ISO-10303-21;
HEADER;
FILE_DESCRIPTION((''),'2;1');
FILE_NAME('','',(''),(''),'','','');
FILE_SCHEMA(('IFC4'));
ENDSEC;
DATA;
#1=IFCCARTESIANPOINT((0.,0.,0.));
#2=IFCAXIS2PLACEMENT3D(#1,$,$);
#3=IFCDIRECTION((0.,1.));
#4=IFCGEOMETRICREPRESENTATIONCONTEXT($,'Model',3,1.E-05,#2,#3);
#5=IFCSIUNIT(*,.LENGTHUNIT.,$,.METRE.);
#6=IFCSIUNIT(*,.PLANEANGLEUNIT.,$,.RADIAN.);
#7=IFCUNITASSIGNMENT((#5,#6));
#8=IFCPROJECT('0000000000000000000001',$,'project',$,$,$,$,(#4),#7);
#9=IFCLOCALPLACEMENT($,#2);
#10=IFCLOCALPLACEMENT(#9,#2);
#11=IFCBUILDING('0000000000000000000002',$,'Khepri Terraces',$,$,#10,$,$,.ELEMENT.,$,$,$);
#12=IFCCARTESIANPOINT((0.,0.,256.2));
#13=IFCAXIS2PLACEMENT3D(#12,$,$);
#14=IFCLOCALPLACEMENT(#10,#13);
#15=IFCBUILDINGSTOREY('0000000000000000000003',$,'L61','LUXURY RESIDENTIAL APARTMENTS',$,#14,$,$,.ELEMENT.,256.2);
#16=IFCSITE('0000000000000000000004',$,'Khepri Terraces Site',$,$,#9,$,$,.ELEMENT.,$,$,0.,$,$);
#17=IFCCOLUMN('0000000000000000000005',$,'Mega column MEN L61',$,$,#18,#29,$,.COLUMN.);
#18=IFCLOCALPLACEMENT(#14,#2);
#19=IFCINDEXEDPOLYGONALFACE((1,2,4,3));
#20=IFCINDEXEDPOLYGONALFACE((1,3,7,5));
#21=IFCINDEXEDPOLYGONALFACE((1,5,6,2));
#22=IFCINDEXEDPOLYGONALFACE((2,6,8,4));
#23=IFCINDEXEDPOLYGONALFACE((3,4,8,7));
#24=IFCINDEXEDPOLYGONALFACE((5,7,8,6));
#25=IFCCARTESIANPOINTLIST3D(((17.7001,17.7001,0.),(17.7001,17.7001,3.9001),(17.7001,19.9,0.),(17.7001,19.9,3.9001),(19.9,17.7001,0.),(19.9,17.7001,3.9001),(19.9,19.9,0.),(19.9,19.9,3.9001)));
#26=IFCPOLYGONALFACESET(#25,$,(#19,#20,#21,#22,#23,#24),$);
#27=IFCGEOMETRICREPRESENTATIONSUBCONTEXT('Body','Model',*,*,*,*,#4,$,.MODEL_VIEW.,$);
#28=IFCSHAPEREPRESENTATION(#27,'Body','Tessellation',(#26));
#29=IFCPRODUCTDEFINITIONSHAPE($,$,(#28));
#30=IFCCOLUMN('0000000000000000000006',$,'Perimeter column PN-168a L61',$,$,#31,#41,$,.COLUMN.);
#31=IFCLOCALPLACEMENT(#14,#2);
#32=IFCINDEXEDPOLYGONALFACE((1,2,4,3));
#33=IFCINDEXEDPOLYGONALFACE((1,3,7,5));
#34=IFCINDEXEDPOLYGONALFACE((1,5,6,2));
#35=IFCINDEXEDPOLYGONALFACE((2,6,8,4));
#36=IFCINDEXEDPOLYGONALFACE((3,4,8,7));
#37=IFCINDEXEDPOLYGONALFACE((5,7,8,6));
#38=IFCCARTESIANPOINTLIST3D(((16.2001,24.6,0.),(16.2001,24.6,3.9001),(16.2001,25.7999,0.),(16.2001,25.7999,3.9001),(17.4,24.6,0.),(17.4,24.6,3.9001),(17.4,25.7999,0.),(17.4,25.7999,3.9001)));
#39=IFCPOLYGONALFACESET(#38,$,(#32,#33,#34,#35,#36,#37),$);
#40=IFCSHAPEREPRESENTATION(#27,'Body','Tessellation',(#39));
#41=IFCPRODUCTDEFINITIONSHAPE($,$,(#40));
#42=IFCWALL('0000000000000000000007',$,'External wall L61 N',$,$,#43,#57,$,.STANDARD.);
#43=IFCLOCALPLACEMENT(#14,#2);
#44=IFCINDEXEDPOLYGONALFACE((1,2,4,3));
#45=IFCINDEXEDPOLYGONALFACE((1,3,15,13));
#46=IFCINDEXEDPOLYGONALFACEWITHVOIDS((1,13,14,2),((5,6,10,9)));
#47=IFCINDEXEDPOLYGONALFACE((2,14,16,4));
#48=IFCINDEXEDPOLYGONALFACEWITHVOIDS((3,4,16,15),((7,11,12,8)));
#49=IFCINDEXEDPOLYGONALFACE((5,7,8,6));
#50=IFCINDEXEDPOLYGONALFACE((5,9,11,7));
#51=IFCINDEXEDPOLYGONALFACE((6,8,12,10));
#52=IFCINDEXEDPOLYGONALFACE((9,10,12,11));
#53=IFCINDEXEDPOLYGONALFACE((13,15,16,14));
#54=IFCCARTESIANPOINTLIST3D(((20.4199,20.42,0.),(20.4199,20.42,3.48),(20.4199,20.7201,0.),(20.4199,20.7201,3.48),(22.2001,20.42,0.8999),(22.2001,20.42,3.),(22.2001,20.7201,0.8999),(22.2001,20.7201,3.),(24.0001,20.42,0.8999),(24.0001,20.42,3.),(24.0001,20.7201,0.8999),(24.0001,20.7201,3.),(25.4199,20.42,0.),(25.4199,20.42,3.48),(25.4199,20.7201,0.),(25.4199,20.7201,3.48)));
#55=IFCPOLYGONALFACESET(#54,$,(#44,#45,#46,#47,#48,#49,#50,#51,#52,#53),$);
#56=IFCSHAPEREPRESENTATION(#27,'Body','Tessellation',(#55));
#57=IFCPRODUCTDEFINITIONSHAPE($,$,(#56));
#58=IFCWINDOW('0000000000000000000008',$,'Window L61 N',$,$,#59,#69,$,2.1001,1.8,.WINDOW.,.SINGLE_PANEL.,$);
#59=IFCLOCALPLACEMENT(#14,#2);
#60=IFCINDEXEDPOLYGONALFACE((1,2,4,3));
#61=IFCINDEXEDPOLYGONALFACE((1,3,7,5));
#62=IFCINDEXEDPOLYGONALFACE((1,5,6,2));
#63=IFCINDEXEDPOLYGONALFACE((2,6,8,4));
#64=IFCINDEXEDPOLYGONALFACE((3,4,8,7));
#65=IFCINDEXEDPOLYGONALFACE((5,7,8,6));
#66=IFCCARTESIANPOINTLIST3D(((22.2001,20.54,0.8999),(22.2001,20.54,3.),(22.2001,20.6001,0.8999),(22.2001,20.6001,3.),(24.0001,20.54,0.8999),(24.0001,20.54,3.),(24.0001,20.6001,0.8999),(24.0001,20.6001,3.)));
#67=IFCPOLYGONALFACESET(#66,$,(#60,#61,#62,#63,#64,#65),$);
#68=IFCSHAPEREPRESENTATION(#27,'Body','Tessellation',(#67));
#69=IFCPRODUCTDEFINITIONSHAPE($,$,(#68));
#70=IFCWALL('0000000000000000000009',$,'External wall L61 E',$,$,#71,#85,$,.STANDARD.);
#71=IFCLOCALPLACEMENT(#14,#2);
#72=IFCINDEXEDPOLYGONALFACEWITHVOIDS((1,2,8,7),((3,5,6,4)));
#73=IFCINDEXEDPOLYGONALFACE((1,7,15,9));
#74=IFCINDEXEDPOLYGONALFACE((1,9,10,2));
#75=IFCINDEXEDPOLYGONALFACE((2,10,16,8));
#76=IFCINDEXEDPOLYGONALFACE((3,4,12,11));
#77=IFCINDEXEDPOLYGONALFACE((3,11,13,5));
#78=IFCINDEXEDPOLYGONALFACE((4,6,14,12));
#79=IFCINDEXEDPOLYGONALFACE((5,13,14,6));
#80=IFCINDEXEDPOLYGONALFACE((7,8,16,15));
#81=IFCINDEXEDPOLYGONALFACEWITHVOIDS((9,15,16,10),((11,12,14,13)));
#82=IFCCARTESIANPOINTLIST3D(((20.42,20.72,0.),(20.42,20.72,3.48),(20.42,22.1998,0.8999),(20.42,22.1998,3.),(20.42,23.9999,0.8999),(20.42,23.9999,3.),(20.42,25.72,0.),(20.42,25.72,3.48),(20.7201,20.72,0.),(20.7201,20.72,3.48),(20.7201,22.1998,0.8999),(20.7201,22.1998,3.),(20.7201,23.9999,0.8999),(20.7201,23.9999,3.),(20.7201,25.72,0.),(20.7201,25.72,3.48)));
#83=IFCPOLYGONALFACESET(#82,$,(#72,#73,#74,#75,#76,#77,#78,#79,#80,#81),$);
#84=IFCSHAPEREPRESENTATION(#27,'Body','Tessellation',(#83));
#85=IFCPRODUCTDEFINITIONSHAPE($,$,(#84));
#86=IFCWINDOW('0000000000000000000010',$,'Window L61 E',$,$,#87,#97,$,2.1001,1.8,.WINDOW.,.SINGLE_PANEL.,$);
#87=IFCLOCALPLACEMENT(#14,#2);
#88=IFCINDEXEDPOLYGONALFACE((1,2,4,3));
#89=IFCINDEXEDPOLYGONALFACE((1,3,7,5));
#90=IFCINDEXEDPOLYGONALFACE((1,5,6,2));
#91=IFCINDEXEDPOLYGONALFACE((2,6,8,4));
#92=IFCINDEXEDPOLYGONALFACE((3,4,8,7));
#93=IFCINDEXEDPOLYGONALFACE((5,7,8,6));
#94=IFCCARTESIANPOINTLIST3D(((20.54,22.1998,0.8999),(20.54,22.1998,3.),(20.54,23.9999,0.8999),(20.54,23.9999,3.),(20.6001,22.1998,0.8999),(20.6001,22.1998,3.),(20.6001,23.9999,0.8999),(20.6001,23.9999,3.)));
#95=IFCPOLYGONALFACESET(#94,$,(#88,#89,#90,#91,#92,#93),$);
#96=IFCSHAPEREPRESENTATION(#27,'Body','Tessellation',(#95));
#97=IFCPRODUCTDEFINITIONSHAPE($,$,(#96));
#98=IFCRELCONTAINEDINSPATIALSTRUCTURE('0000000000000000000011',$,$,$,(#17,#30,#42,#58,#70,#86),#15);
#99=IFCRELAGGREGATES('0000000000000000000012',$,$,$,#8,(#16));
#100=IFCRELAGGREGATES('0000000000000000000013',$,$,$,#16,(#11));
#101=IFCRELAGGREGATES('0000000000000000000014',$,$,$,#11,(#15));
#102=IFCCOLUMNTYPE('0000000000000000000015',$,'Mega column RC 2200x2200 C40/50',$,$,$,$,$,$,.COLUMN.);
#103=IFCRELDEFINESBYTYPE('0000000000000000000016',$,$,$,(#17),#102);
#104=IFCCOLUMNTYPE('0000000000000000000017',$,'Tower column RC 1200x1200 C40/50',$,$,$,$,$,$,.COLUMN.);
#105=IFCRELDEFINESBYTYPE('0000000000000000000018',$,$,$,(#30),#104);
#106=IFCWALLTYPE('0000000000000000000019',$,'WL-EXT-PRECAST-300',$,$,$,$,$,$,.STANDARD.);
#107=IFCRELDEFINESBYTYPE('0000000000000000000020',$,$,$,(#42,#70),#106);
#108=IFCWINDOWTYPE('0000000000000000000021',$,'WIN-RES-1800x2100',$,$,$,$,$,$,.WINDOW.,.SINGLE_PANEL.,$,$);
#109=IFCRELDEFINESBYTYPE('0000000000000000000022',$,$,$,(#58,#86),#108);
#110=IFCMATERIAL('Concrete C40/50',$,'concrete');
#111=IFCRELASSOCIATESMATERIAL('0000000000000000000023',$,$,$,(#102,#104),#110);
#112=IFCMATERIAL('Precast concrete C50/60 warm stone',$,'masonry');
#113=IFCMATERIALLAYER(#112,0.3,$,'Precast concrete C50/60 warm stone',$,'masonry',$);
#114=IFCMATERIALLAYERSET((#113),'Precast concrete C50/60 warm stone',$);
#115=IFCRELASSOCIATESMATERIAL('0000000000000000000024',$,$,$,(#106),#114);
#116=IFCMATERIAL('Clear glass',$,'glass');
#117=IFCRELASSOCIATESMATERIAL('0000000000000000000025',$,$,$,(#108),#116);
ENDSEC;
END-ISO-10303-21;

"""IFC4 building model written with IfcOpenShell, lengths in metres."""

from ifc_helpers import new_model, si_unit, direction, frame, frame_2d, origin, origin_2d, place, context, subcontext, project, spatial, rectangle, extrude, material, layer, layer_set, material_profile, profile_set, type_object, element, fill, save


model = new_model("IFC4")

# Units and contexts
model_context = context("Model", 3, precision=1e-05, world=origin(), true_north=direction((0.0, 1.0)))
body_context = subcontext(model_context, "Body", "Model", "MODEL_VIEW")
ifc_project = project(units=[si_unit("LENGTHUNIT", "METRE"), si_unit("PLANEANGLEUNIT", "RADIAN")], contexts=[model_context])

# Site, building, storey
site_placement = place(None, origin())
site = spatial("IfcSite", under=ifc_project, at=site_placement, Name="Khepri Terraces Site", CompositionType="ELEMENT", RefElevation=0.0)
building_placement = place(site_placement, origin())
building = spatial("IfcBuilding", under=site, at=building_placement, Name="Khepri Terraces", CompositionType="ELEMENT")
storey_placement = place(building_placement, frame((0.0, 0.0, 256.2)))
storey = spatial("IfcBuildingStorey", under=building, at=storey_placement, Name="L61", Description="LUXURY RESIDENTIAL APARTMENTS", CompositionType="ELEMENT", Elevation=256.2)

# Columns
ifc_material_1 = material(Name="Concrete C40/50", Category="concrete")
ifc_material_profile_1 = material_profile(ifc_material_1, rectangle(XDim=2.2, YDim=2.2, at=origin_2d()), Name="Concrete C40/50", Category="concrete")
ifc_profile_set_1 = profile_set([ifc_material_profile_1], Name="Concrete C40/50")
column_type_1 = type_object("IfcColumnType", Name="Mega column RC 2200x2200 C40/50", PredefinedType="COLUMN", material=ifc_profile_set_1)
column_1_placement = place(storey_placement, frame((18.8, 18.8, 0.0), z_axis=(0.0, 0.0, 1.0), x_axis=(1.0, 0.0, 0.0)))
element("IfcColumn", 1, at=column_1_placement, inside=storey, type_object=column_type_1, Name="Mega column MEN L61", PredefinedType="COLUMN", context=body_context, shape_type="SweptSolid", body=[
    extrude(rectangle(XDim=2.2, YDim=2.2, at=origin_2d()), origin(), (0.0, 0.0, 1.0), 3.9001),
])
ifc_material_profile_2 = material_profile(ifc_material_1, rectangle(XDim=1.2, YDim=1.2, at=origin_2d()), Name="Concrete C40/50", Category="concrete")
ifc_profile_set_2 = profile_set([ifc_material_profile_2], Name="Concrete C40/50")
column_type_2 = type_object("IfcColumnType", Name="Tower column RC 1200x1200 C40/50", PredefinedType="COLUMN", material=ifc_profile_set_2)
column_2_placement = place(storey_placement, frame((16.8, 25.2, 0.0), z_axis=(0.0, 0.0, 1.0), x_axis=(1.0, 0.0, 0.0)))
element("IfcColumn", 2, at=column_2_placement, inside=storey, type_object=column_type_2, Name="Perimeter column PN-168a L61", PredefinedType="COLUMN", context=body_context, shape_type="SweptSolid", body=[
    extrude(rectangle(XDim=1.2, YDim=1.2, at=origin_2d()), origin(), (0.0, 0.0, 1.0), 3.9001),
])

# Walls, openings, windows
ifc_material_2 = material(Name="Precast concrete C50/60 warm stone", Category="masonry")
ifc_layer = layer(ifc_material_2, 0.3, Name="Precast concrete C50/60 warm stone", Category="masonry")
ifc_layer_set = layer_set([ifc_layer], Name="Precast concrete C50/60 warm stone")
wall_type = type_object("IfcWallType", Name="WL-EXT-PRECAST-300", PredefinedType="STANDARD", material=ifc_layer_set)
wall_1_placement = place(storey_placement, frame((25.4199, 20.5701, 0.0), z_axis=(0.0, 0.0, 1.0), x_axis=(-1.0, 0.0, 0.0)))
wall_1 = element("IfcWall", 3, at=wall_1_placement, inside=storey, type_object=wall_type, Name="External wall L61 N", PredefinedType="STANDARD", context=body_context, shape_type="SweptSolid", body=[
    extrude(rectangle(XDim=5.0, YDim=0.3, at=frame_2d((2.5, 0.0))), origin(), (0.0, 0.0, 1.0), 3.48),
])
opening_1_placement = place(wall_1_placement, frame((1.4199, 0.0, 0.8999)))
opening_1 = element("IfcOpeningElement", 4, at=opening_1_placement, cuts=wall_1, PredefinedType="OPENING", context=body_context, shape_type="SweptSolid", body=[
    extrude(rectangle(XDim=1.8, YDim=2.1001, at=frame_2d((0.8999, 1.05))), frame((0.0, 0.1602, 0.0), z_axis=(0.0, -1.0, 0.0), x_axis=(1.0, 0.0, 0.0)), (0.0, 0.0, 1.0), 0.3201),
])
ifc_material_3 = material(Name="Clear glass", Category="glass")
window_type = type_object("IfcWindowType", Name="WIN-RES-1800x2100", PartitioningType="SINGLE_PANEL", PredefinedType="WINDOW", material=ifc_material_3)
window_1_placement = place(opening_1_placement, origin())
window_1 = element("IfcWindow", 5, at=window_1_placement, inside=storey, type_object=window_type, Name="Window L61 N", OverallHeight=2.1001, OverallWidth=1.8, PartitioningType="SINGLE_PANEL", PredefinedType="WINDOW", context=body_context, shape_type="SweptSolid", body=[
    extrude(rectangle(XDim=1.8, YDim=2.1001, at=frame_2d((0.8999, 1.05))), frame((0.0, 0.03, 0.0), z_axis=(0.0, -1.0, 0.0), x_axis=(1.0, 0.0, 0.0)), (0.0, 0.0, 1.0), 0.0601),
])
fill(opening_1, window_1)
wall_2_placement = place(storey_placement, frame((20.5701, 20.72, 0.0), z_axis=(0.0, 0.0, 1.0), x_axis=(0.0, 1.0, 0.0)))
wall_2 = element("IfcWall", 6, at=wall_2_placement, inside=storey, type_object=wall_type, Name="External wall L61 E", PredefinedType="STANDARD", context=body_context, shape_type="SweptSolid", body=[
    extrude(rectangle(XDim=5.0, YDim=0.3, at=frame_2d((2.5, 0.0))), origin(), (0.0, 0.0, 1.0), 3.48),
])
opening_2_placement = place(wall_2_placement, frame((1.48, 0.0, 0.8999)))
opening_2 = element("IfcOpeningElement", 7, at=opening_2_placement, cuts=wall_2, PredefinedType="OPENING", context=body_context, shape_type="SweptSolid", body=[
    extrude(rectangle(XDim=1.8, YDim=2.1001, at=frame_2d((0.8999, 1.05))), frame((0.0, 0.1602, 0.0), z_axis=(0.0, -1.0, 0.0), x_axis=(1.0, 0.0, 0.0)), (0.0, 0.0, 1.0), 0.3201),
])
window_2_placement = place(opening_2_placement, origin())
window_2 = element("IfcWindow", 8, at=window_2_placement, inside=storey, type_object=window_type, Name="Window L61 E", OverallHeight=2.1001, OverallWidth=1.8, PartitioningType="SINGLE_PANEL", PredefinedType="WINDOW", context=body_context, shape_type="SweptSolid", body=[
    extrude(rectangle(XDim=1.8, YDim=2.1001, at=frame_2d((0.8999, 1.05))), frame((0.0, 0.03, 0.0), z_axis=(0.0, -1.0, 0.0), x_axis=(1.0, 0.0, 0.0)), (0.0, 0.0, 1.0), 0.0601),
])
fill(opening_2, window_2)

save(model, "model.ifc")
